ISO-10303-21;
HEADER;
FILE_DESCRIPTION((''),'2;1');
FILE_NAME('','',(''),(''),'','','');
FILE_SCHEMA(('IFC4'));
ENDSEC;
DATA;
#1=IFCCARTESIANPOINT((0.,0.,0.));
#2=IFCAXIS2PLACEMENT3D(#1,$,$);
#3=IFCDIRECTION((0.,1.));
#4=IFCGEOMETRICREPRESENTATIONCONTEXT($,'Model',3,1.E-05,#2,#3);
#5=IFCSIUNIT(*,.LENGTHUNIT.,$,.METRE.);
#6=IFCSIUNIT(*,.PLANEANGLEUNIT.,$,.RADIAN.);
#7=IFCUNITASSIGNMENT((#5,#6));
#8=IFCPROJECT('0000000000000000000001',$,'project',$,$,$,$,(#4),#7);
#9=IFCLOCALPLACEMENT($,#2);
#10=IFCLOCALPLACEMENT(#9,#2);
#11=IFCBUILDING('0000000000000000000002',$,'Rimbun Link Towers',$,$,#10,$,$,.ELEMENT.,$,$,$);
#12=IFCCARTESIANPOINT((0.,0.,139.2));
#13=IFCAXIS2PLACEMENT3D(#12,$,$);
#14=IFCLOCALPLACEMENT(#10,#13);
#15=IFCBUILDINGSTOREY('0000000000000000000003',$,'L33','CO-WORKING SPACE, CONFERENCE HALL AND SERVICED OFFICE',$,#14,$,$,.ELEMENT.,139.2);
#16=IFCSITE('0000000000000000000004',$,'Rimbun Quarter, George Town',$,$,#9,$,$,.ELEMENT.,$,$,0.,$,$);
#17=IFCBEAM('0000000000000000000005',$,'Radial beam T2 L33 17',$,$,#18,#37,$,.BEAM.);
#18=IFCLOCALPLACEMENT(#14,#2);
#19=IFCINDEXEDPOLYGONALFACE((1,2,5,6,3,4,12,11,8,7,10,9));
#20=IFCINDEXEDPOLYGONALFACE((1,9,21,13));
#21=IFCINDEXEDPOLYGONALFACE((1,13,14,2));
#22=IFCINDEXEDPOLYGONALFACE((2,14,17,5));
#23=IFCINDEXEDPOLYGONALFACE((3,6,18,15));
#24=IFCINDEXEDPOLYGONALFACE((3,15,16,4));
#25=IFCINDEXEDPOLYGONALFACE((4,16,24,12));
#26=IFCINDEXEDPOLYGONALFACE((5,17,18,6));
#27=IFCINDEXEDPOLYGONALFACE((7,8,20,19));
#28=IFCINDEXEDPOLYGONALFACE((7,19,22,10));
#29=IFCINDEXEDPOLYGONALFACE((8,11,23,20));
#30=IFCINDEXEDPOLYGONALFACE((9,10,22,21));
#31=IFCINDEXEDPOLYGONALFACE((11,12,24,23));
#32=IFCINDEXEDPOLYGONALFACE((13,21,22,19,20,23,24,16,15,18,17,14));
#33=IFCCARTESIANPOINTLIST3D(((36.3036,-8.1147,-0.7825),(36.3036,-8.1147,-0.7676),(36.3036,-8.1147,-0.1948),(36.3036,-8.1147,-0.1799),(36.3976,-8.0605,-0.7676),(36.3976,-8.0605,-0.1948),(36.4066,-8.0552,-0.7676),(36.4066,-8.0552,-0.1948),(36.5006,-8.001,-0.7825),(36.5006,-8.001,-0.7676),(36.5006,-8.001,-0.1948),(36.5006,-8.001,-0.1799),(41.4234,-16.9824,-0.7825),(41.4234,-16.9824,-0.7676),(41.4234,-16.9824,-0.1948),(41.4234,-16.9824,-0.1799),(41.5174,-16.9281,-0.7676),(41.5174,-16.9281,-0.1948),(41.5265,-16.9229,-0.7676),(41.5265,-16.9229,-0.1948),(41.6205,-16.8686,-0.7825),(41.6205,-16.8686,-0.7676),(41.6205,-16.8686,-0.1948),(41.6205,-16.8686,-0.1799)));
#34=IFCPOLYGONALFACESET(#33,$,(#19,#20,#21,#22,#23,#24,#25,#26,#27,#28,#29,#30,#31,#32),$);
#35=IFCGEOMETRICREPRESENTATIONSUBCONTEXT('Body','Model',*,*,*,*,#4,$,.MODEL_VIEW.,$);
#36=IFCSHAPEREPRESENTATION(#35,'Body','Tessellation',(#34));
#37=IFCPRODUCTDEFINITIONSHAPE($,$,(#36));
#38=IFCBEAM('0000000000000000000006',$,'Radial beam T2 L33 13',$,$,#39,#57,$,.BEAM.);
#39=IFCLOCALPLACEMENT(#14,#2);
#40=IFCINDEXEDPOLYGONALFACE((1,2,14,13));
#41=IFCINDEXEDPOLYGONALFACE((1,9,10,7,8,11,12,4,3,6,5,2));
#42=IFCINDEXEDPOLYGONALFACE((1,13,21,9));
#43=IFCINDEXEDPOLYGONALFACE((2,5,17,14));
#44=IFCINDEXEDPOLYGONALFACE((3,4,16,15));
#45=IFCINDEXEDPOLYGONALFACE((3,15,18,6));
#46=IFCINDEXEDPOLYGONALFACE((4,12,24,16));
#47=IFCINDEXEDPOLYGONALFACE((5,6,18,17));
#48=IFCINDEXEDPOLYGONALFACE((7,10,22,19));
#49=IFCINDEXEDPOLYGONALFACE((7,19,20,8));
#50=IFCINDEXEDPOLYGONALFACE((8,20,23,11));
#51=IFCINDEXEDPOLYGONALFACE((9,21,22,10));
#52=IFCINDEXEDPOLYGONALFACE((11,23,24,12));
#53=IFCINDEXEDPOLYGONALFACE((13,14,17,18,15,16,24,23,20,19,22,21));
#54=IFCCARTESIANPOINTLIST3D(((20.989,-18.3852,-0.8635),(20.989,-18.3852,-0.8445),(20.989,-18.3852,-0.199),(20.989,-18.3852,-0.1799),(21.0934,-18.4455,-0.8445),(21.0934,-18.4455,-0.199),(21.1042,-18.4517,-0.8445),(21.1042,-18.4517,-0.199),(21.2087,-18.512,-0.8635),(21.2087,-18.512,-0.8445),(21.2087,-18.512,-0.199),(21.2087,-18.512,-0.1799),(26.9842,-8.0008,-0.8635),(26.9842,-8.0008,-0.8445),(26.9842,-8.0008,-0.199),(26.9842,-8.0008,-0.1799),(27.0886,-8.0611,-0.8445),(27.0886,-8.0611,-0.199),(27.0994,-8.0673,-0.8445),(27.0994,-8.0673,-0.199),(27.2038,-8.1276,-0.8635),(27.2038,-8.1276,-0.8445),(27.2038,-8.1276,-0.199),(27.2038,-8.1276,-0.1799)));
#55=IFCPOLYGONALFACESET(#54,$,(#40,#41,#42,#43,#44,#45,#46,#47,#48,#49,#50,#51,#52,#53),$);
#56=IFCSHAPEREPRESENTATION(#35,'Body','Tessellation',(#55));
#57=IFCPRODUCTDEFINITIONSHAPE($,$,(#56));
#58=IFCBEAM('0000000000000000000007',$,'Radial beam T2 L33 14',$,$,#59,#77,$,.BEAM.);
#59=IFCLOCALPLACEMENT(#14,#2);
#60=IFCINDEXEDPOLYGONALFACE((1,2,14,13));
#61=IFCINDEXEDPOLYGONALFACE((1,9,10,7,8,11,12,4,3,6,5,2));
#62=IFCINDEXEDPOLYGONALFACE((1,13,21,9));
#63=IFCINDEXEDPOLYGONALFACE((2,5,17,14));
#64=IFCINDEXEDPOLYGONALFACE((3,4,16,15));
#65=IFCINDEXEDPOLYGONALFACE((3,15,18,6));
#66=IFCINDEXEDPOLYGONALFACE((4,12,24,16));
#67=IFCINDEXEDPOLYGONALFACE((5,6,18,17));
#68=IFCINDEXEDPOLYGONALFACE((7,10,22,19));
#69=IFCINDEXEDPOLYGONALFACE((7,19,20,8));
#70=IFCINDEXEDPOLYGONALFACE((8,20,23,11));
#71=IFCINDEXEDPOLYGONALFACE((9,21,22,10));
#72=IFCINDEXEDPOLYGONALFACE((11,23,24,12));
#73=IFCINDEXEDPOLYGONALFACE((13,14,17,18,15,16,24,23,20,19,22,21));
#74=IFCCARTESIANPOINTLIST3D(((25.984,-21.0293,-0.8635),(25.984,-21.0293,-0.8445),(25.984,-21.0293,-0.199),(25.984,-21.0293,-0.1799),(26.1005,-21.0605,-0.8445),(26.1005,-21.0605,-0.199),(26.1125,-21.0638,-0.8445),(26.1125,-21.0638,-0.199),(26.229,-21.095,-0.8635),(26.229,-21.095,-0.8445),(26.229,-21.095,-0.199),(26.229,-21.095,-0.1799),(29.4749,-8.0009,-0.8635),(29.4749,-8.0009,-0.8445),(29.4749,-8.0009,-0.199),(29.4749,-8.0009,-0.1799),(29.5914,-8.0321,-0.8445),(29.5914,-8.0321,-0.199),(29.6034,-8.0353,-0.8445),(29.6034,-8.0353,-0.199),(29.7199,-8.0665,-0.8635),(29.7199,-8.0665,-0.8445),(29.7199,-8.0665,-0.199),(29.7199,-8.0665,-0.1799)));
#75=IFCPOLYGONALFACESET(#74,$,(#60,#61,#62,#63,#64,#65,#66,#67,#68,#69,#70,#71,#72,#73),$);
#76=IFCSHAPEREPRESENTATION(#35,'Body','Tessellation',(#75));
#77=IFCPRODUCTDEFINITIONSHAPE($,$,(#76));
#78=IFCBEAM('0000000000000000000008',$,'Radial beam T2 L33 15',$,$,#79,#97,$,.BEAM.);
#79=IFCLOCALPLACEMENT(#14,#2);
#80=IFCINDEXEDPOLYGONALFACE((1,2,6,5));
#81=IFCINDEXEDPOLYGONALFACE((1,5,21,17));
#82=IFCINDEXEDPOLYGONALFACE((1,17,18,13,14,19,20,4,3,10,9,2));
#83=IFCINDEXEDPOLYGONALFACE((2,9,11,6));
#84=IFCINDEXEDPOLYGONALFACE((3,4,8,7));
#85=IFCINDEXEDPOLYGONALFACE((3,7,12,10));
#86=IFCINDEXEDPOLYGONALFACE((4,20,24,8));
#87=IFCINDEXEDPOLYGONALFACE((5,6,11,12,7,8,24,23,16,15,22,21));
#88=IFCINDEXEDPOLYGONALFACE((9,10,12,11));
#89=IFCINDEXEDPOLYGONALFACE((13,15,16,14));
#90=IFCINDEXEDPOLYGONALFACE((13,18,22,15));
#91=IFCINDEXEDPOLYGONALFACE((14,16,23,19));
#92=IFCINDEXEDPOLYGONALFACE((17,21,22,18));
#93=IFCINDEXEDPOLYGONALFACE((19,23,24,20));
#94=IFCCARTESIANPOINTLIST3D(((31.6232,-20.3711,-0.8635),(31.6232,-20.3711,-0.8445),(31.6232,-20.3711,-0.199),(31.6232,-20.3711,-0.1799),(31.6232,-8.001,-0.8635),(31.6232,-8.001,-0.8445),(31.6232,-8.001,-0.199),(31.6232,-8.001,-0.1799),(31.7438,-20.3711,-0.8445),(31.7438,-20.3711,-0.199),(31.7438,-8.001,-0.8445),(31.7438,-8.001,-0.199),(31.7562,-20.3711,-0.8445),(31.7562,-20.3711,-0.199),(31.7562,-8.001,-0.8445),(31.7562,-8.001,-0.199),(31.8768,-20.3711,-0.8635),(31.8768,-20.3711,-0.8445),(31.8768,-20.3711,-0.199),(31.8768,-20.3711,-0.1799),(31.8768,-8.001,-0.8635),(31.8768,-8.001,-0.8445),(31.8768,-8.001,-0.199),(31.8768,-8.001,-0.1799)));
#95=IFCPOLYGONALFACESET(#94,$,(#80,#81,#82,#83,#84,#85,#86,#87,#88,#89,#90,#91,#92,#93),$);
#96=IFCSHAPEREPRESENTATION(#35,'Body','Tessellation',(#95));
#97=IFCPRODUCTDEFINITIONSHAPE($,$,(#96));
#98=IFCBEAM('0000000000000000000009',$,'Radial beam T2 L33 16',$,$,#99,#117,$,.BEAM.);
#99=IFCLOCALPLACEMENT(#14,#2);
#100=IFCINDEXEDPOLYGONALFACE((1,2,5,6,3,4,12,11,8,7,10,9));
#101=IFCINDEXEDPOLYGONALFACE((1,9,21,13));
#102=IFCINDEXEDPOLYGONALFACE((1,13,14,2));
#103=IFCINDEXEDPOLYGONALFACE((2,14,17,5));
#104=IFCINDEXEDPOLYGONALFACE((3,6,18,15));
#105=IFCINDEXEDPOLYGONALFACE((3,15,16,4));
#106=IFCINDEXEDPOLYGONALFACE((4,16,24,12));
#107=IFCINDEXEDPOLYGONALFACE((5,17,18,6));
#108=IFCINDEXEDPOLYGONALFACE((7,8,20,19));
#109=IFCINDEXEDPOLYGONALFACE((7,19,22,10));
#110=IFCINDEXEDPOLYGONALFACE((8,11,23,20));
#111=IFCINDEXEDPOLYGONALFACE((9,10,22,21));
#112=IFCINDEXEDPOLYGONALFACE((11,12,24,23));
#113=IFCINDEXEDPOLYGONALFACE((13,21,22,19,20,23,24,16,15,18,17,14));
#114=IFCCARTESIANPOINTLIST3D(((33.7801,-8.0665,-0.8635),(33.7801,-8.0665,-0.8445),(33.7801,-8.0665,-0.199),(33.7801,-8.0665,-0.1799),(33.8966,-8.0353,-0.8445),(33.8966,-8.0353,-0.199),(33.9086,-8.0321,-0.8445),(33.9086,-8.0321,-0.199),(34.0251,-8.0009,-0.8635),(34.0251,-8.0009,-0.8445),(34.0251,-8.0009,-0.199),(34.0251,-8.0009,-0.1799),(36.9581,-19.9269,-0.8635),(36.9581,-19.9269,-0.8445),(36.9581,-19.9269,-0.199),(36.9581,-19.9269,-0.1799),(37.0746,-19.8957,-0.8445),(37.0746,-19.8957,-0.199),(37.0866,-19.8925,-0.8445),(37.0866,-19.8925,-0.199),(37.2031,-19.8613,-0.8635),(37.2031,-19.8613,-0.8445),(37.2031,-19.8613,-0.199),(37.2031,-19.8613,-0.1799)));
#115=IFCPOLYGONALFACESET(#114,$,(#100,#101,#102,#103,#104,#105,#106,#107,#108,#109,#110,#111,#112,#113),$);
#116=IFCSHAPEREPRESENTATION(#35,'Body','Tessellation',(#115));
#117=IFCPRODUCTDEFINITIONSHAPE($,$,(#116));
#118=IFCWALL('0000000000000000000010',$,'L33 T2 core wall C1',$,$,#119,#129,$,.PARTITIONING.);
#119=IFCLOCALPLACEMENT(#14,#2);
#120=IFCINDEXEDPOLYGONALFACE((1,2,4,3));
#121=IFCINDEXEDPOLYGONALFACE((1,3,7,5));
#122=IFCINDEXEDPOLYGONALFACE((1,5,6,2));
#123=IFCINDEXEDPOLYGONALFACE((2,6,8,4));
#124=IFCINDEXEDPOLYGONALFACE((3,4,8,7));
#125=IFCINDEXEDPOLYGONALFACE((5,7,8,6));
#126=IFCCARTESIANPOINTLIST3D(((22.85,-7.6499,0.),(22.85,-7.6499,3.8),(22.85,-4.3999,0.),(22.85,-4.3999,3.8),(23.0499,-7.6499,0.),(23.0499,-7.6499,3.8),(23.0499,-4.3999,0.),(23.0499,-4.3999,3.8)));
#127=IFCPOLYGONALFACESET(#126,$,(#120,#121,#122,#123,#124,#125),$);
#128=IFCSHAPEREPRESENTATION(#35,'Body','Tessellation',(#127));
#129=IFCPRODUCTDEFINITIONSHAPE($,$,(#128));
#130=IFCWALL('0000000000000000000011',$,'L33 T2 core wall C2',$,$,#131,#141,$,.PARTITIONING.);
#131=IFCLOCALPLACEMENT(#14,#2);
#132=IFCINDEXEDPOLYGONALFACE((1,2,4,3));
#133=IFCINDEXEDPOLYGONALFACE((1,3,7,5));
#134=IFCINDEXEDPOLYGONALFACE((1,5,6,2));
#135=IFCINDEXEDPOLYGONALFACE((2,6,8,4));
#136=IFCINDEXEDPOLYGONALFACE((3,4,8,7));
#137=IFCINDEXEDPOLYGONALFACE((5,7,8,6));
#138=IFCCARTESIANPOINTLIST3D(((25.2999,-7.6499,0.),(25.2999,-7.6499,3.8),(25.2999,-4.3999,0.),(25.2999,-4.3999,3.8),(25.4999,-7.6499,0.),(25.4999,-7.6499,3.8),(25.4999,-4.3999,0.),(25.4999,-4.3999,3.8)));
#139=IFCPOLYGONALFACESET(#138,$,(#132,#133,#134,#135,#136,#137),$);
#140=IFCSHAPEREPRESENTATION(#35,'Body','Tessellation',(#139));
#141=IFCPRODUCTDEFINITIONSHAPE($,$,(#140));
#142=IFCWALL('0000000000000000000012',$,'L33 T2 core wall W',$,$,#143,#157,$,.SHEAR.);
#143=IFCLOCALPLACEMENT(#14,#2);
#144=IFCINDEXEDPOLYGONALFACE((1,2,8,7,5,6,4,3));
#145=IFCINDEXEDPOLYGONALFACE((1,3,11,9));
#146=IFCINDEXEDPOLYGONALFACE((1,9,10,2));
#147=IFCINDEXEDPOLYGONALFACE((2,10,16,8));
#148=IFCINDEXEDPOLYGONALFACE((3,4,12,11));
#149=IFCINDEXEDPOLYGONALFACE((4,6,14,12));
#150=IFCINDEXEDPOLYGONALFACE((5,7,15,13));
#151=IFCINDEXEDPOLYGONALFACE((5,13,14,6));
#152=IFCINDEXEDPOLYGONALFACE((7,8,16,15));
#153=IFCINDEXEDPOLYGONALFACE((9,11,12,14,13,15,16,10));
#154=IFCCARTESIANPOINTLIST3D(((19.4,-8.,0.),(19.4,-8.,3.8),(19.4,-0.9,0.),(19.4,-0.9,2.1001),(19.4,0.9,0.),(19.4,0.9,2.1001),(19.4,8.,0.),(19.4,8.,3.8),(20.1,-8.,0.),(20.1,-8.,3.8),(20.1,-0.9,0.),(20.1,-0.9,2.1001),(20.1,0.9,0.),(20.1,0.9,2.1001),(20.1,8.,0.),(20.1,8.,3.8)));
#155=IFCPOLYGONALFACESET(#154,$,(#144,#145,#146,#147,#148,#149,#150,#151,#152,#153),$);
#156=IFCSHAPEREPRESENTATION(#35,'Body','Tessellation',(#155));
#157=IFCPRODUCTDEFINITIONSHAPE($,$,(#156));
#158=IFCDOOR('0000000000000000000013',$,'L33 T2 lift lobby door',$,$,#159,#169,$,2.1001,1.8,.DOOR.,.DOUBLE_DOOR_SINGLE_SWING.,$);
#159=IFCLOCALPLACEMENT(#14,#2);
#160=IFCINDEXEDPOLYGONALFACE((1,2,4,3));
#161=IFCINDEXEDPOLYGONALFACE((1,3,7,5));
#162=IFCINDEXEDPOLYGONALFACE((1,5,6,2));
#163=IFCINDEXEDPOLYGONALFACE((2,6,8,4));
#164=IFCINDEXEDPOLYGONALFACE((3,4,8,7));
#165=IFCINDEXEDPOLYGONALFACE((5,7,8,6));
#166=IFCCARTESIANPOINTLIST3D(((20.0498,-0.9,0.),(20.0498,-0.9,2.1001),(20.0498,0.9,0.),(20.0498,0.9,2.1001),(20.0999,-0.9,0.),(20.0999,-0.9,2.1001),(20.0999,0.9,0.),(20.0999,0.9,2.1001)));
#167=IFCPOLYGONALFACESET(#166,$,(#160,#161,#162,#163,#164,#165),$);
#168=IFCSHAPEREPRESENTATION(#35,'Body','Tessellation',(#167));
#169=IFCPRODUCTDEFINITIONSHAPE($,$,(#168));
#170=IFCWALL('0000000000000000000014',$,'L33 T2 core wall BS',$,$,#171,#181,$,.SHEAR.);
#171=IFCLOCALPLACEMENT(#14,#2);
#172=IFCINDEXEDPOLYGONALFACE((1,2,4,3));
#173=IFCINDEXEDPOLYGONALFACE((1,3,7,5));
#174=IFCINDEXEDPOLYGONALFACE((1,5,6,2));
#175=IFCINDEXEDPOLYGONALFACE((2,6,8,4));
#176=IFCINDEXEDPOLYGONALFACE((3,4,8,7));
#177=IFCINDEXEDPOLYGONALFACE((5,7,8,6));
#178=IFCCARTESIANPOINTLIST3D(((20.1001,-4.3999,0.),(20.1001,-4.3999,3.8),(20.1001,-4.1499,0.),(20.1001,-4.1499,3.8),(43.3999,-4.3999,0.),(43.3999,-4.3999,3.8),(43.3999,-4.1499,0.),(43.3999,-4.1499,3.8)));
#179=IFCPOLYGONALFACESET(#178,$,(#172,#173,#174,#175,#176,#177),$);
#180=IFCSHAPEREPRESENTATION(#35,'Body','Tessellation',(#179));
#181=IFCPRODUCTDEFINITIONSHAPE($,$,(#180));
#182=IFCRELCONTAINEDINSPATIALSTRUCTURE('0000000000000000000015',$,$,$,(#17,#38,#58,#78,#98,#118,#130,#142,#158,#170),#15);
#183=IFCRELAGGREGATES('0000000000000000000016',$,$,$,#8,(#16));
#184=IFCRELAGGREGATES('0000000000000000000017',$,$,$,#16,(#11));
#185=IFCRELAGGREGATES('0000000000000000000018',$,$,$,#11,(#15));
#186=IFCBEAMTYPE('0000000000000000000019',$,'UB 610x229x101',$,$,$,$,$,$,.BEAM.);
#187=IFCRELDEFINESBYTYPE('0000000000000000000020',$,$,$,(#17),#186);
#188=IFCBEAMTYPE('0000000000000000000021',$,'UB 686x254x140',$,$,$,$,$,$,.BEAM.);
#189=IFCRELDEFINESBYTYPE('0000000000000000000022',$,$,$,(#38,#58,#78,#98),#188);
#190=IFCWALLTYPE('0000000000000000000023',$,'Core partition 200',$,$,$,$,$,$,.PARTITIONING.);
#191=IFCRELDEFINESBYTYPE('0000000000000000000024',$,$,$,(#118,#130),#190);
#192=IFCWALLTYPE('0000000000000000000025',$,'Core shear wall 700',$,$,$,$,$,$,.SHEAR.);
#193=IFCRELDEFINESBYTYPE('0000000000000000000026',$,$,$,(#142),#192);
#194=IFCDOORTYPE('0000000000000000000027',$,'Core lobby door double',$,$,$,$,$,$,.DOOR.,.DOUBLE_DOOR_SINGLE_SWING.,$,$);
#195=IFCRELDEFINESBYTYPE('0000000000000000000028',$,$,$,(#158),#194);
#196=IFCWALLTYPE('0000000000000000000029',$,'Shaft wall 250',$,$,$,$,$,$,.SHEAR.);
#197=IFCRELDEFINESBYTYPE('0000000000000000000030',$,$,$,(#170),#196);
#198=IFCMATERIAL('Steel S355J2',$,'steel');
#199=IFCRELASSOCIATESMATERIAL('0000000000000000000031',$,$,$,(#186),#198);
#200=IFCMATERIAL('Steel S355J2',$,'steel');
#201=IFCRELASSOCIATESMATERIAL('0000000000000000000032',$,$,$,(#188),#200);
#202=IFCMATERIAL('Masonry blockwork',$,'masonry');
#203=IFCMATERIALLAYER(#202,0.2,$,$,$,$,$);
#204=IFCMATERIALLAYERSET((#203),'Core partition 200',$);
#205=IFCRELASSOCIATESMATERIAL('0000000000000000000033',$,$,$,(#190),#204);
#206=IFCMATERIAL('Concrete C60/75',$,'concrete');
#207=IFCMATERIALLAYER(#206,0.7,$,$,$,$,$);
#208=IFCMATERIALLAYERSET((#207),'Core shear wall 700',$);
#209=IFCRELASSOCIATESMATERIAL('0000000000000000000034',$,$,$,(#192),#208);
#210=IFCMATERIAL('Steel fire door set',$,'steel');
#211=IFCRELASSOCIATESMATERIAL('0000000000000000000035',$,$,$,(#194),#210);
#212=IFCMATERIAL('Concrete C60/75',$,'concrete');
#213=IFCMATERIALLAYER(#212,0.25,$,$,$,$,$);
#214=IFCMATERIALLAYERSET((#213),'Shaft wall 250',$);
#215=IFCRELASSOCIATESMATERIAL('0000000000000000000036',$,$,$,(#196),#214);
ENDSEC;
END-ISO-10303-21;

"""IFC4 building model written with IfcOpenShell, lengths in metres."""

from ifc_helpers import new_model, si_unit, direction, frame, frame_2d, origin, origin_2d, place, context, subcontext, project, spatial, rectangle, i_section, extrude, material, layer, layer_set, material_profile, profile_set, type_object, element, fill, save


model = new_model("IFC4")

# Units and contexts
model_context = context("Model", 3, precision=1e-05, world=origin(), true_north=direction((0.0, 1.0)))
body_context = subcontext(model_context, "Body", "Model", "MODEL_VIEW")
ifc_project = project(units=[si_unit("LENGTHUNIT", "METRE"), si_unit("PLANEANGLEUNIT", "RADIAN")], contexts=[model_context])

# Site, building, storey
site_placement = place(None, origin())
site = spatial("IfcSite", under=ifc_project, at=site_placement, Name="Rimbun Quarter, George Town", CompositionType="ELEMENT", RefElevation=0.0)
building_placement = place(site_placement, origin())
building = spatial("IfcBuilding", under=site, at=building_placement, Name="Rimbun Link Towers", CompositionType="ELEMENT")
storey_placement = place(building_placement, frame((0.0, 0.0, 139.2)))
storey = spatial("IfcBuildingStorey", under=building, at=storey_placement, Name="L33", Description="CO-WORKING SPACE, CONFERENCE HALL AND SERVICED OFFICE", CompositionType="ELEMENT", Elevation=139.2)

# Beams
ifc_material_1 = material(Name="Steel S355J2", Category="steel")
ifc_material_profile_1 = material_profile(ifc_material_1, i_section(OverallWidth=0.2275, OverallDepth=0.6025, WebThickness=0.0105, FlangeThickness=0.0149, at=origin_2d()), Name="UB 610x229x101")
ifc_profile_set_1 = profile_set([ifc_material_profile_1], Name="Steel S355J2")
beam_type_1 = type_object("IfcBeamType", Name="UB 610x229x101", PredefinedType="BEAM", material=ifc_profile_set_1)
beam_1_placement = place(storey_placement, frame((36.4021, -8.0579, -0.4812), z_axis=(0.500009, -0.86602, 0.0), x_axis=(0.86602, 0.500009, 0.0)))
element("IfcBeam", 1, at=beam_1_placement, inside=storey, type_object=beam_type_1, Name="Radial beam T2 L33 17", PredefinedType="BEAM", context=body_context, shape_type="SweptSolid", body=[
    extrude(i_section(OverallWidth=0.2275, OverallDepth=0.6025, WebThickness=0.0105, FlangeThickness=0.0149, at=origin_2d()), origin(), (0.0, 0.0, 1.0), 10.2395),
])
ifc_material_2 = material(Name="Steel S355J2", Category="steel")
ifc_material_profile_2 = material_profile(ifc_material_2, i_section(OverallWidth=0.2537, OverallDepth=0.6836, WebThickness=0.0125, FlangeThickness=0.019, at=origin_2d()), Name="UB 686x254x140")
ifc_profile_set_2 = profile_set([ifc_material_profile_2], Name="Steel S355J2")
beam_type_2 = type_object("IfcBeamType", Name="UB 686x254x140", PredefinedType="BEAM", material=ifc_profile_set_2)
beam_2_placement = place(storey_placement, frame((27.094, -8.0642, -0.5217), z_axis=(-0.499984, -0.866034, 0.0), x_axis=(0.866034, -0.499984, 0.0)))
element("IfcBeam", 2, at=beam_2_placement, inside=storey, type_object=beam_type_2, Name="Radial beam T2 L33 13", PredefinedType="BEAM", context=body_context, shape_type="SweptSolid", body=[
    extrude(i_section(OverallWidth=0.2537, OverallDepth=0.6836, WebThickness=0.0125, FlangeThickness=0.019, at=origin_2d()), origin(), (0.0, 0.0, 1.0), 11.9907),
])
beam_3_placement = place(storey_placement, frame((29.5974, -8.0337, -0.5217), z_axis=(-0.258817, -0.965926, 0.0), x_axis=(0.965926, -0.258817, 0.0)))
element("IfcBeam", 3, at=beam_3_placement, inside=storey, type_object=beam_type_2, Name="Radial beam T2 L33 14", PredefinedType="BEAM", context=body_context, shape_type="SweptSolid", body=[
    extrude(i_section(OverallWidth=0.2537, OverallDepth=0.6836, WebThickness=0.0125, FlangeThickness=0.019, at=origin_2d()), origin(), (0.0, 0.0, 1.0), 13.488),
])
beam_4_placement = place(storey_placement, frame((31.75, -8.001, -0.5217), z_axis=(0.0, -1.0, 0.0), x_axis=(1.0, 0.0, 0.0)))
element("IfcBeam", 4, at=beam_4_placement, inside=storey, type_object=beam_type_2, Name="Radial beam T2 L33 15", PredefinedType="BEAM", context=body_context, shape_type="SweptSolid", body=[
    extrude(i_section(OverallWidth=0.2537, OverallDepth=0.6836, WebThickness=0.0125, FlangeThickness=0.019, at=origin_2d()), origin(), (0.0, 0.0, 1.0), 12.3701),
])
beam_5_placement = place(storey_placement, frame((33.9026, -8.0337, -0.5217), z_axis=(0.25882, -0.965926, 0.0), x_axis=(0.965926, 0.25882, 0.0)))
element("IfcBeam", 5, at=beam_5_placement, inside=storey, type_object=beam_type_2, Name="Radial beam T2 L33 16", PredefinedType="BEAM", context=body_context, shape_type="SweptSolid", body=[
    extrude(i_section(OverallWidth=0.2537, OverallDepth=0.6836, WebThickness=0.0125, FlangeThickness=0.019, at=origin_2d()), origin(), (0.0, 0.0, 1.0), 12.2788),
])

# Walls
ifc_material_3 = material(Name="Masonry blockwork", Category="masonry")
ifc_layer_1 = layer(ifc_material_3, 0.2)
ifc_layer_set_1 = layer_set([ifc_layer_1], Name="Core partition 200")
wall_type_1 = type_object("IfcWallType", Name="Core partition 200", PredefinedType="PARTITIONING", material=ifc_layer_set_1)
for number, where, z_axis, x_axis, name in (
    (6, (22.95, -4.3999, 0.0), (0.0, 0.0, 1.0), (0.0, -1.0, 0.0), "L33 T2 core wall C1"),
    (7, (25.3999, -4.3999, 0.0), (0.0, 0.0, 1.0), (0.0, -1.0, 0.0), "L33 T2 core wall C2"),
):
    element("IfcWall", number, at=place(storey_placement, frame(where, z_axis=z_axis, x_axis=x_axis)), inside=storey, type_object=wall_type_1, Name=name, PredefinedType="PARTITIONING", context=body_context, shape_type="SweptSolid", body=[
        extrude(rectangle(XDim=3.25, YDim=0.2, at=frame_2d((1.625, 0.0))), origin(), (0.0, 0.0, 1.0), 3.8),
    ])

# Wall, opening, door
ifc_material_4 = material(Name="Concrete C60/75", Category="concrete")
ifc_layer_2 = layer(ifc_material_4, 0.7)
ifc_layer_set_2 = layer_set([ifc_layer_2], Name="Core shear wall 700")
wall_type_2 = type_object("IfcWallType", Name="Core shear wall 700", PredefinedType="SHEAR", material=ifc_layer_set_2)
wall_1_placement = place(storey_placement, frame((19.75, -8.0, 0.0), z_axis=(0.0, 0.0, 1.0), x_axis=(0.0, 1.0, 0.0)))
wall_1 = element("IfcWall", 8, at=wall_1_placement, inside=storey, type_object=wall_type_2, Name="L33 T2 core wall W", PredefinedType="SHEAR", context=body_context, shape_type="SweptSolid", body=[
    extrude(rectangle(XDim=16.0, YDim=0.7, at=frame_2d((8.0, 0.0))), origin(), (0.0, 0.0, 1.0), 3.8),
])
opening_1_placement = place(wall_1_placement, frame((7.1001, 0.0, 0.0)))
opening_1 = element("IfcOpeningElement", 9, at=opening_1_placement, cuts=wall_1, PredefinedType="OPENING", context=body_context, shape_type="SweptSolid", body=[
    extrude(rectangle(XDim=1.8, YDim=2.1001, at=frame_2d((0.8999, 1.05))), frame((0.0, 0.3599, 0.0), z_axis=(0.0, -1.0, 0.0), x_axis=(1.0, 0.0, 0.0)), (0.0, 0.0, 1.0), 0.72),
])
ifc_material_5 = material(Name="Steel fire door set", Category="steel")
door_type_1 = type_object("IfcDoorType", Name="Core lobby door double", OperationType="DOUBLE_DOOR_SINGLE_SWING", PredefinedType="DOOR", material=ifc_material_5)
door_1_placement = place(opening_1_placement, origin())
door_1 = element("IfcDoor", 10, at=door_1_placement, inside=storey, type_object=door_type_1, Name="L33 T2 lift lobby door", OperationType="DOUBLE_DOOR_SINGLE_SWING", OverallHeight=2.1001, OverallWidth=1.8, PredefinedType="DOOR", context=body_context, shape_type="SweptSolid", body=[
    extrude(rectangle(XDim=1.8, YDim=2.1001, at=frame_2d((0.8999, 1.05))), frame((0.0, -0.2998, 0.0), z_axis=(0.0, -1.0, 0.0), x_axis=(1.0, 0.0, 0.0)), (0.0, 0.0, 1.0), 0.05),
])
fill(opening_1, door_1)

# Wall
ifc_material_6 = material(Name="Concrete C60/75", Category="concrete")
ifc_layer_3 = layer(ifc_material_6, 0.25)
ifc_layer_set_3 = layer_set([ifc_layer_3], Name="Shaft wall 250")
wall_type_3 = type_object("IfcWallType", Name="Shaft wall 250", PredefinedType="SHEAR", material=ifc_layer_set_3)
wall_2_placement = place(storey_placement, frame((20.1001, -4.2749, 0.0), z_axis=(0.0, 0.0, 1.0), x_axis=(1.0, 0.0, 0.0)))
element("IfcWall", 11, at=wall_2_placement, inside=storey, type_object=wall_type_3, Name="L33 T2 core wall BS", PredefinedType="SHEAR", context=body_context, shape_type="SweptSolid", body=[
    extrude(rectangle(XDim=23.2998, YDim=0.25, at=frame_2d((11.6499, 0.0))), origin(), (0.0, 0.0, 1.0), 3.8),
])

save(model, "model.ifc")
